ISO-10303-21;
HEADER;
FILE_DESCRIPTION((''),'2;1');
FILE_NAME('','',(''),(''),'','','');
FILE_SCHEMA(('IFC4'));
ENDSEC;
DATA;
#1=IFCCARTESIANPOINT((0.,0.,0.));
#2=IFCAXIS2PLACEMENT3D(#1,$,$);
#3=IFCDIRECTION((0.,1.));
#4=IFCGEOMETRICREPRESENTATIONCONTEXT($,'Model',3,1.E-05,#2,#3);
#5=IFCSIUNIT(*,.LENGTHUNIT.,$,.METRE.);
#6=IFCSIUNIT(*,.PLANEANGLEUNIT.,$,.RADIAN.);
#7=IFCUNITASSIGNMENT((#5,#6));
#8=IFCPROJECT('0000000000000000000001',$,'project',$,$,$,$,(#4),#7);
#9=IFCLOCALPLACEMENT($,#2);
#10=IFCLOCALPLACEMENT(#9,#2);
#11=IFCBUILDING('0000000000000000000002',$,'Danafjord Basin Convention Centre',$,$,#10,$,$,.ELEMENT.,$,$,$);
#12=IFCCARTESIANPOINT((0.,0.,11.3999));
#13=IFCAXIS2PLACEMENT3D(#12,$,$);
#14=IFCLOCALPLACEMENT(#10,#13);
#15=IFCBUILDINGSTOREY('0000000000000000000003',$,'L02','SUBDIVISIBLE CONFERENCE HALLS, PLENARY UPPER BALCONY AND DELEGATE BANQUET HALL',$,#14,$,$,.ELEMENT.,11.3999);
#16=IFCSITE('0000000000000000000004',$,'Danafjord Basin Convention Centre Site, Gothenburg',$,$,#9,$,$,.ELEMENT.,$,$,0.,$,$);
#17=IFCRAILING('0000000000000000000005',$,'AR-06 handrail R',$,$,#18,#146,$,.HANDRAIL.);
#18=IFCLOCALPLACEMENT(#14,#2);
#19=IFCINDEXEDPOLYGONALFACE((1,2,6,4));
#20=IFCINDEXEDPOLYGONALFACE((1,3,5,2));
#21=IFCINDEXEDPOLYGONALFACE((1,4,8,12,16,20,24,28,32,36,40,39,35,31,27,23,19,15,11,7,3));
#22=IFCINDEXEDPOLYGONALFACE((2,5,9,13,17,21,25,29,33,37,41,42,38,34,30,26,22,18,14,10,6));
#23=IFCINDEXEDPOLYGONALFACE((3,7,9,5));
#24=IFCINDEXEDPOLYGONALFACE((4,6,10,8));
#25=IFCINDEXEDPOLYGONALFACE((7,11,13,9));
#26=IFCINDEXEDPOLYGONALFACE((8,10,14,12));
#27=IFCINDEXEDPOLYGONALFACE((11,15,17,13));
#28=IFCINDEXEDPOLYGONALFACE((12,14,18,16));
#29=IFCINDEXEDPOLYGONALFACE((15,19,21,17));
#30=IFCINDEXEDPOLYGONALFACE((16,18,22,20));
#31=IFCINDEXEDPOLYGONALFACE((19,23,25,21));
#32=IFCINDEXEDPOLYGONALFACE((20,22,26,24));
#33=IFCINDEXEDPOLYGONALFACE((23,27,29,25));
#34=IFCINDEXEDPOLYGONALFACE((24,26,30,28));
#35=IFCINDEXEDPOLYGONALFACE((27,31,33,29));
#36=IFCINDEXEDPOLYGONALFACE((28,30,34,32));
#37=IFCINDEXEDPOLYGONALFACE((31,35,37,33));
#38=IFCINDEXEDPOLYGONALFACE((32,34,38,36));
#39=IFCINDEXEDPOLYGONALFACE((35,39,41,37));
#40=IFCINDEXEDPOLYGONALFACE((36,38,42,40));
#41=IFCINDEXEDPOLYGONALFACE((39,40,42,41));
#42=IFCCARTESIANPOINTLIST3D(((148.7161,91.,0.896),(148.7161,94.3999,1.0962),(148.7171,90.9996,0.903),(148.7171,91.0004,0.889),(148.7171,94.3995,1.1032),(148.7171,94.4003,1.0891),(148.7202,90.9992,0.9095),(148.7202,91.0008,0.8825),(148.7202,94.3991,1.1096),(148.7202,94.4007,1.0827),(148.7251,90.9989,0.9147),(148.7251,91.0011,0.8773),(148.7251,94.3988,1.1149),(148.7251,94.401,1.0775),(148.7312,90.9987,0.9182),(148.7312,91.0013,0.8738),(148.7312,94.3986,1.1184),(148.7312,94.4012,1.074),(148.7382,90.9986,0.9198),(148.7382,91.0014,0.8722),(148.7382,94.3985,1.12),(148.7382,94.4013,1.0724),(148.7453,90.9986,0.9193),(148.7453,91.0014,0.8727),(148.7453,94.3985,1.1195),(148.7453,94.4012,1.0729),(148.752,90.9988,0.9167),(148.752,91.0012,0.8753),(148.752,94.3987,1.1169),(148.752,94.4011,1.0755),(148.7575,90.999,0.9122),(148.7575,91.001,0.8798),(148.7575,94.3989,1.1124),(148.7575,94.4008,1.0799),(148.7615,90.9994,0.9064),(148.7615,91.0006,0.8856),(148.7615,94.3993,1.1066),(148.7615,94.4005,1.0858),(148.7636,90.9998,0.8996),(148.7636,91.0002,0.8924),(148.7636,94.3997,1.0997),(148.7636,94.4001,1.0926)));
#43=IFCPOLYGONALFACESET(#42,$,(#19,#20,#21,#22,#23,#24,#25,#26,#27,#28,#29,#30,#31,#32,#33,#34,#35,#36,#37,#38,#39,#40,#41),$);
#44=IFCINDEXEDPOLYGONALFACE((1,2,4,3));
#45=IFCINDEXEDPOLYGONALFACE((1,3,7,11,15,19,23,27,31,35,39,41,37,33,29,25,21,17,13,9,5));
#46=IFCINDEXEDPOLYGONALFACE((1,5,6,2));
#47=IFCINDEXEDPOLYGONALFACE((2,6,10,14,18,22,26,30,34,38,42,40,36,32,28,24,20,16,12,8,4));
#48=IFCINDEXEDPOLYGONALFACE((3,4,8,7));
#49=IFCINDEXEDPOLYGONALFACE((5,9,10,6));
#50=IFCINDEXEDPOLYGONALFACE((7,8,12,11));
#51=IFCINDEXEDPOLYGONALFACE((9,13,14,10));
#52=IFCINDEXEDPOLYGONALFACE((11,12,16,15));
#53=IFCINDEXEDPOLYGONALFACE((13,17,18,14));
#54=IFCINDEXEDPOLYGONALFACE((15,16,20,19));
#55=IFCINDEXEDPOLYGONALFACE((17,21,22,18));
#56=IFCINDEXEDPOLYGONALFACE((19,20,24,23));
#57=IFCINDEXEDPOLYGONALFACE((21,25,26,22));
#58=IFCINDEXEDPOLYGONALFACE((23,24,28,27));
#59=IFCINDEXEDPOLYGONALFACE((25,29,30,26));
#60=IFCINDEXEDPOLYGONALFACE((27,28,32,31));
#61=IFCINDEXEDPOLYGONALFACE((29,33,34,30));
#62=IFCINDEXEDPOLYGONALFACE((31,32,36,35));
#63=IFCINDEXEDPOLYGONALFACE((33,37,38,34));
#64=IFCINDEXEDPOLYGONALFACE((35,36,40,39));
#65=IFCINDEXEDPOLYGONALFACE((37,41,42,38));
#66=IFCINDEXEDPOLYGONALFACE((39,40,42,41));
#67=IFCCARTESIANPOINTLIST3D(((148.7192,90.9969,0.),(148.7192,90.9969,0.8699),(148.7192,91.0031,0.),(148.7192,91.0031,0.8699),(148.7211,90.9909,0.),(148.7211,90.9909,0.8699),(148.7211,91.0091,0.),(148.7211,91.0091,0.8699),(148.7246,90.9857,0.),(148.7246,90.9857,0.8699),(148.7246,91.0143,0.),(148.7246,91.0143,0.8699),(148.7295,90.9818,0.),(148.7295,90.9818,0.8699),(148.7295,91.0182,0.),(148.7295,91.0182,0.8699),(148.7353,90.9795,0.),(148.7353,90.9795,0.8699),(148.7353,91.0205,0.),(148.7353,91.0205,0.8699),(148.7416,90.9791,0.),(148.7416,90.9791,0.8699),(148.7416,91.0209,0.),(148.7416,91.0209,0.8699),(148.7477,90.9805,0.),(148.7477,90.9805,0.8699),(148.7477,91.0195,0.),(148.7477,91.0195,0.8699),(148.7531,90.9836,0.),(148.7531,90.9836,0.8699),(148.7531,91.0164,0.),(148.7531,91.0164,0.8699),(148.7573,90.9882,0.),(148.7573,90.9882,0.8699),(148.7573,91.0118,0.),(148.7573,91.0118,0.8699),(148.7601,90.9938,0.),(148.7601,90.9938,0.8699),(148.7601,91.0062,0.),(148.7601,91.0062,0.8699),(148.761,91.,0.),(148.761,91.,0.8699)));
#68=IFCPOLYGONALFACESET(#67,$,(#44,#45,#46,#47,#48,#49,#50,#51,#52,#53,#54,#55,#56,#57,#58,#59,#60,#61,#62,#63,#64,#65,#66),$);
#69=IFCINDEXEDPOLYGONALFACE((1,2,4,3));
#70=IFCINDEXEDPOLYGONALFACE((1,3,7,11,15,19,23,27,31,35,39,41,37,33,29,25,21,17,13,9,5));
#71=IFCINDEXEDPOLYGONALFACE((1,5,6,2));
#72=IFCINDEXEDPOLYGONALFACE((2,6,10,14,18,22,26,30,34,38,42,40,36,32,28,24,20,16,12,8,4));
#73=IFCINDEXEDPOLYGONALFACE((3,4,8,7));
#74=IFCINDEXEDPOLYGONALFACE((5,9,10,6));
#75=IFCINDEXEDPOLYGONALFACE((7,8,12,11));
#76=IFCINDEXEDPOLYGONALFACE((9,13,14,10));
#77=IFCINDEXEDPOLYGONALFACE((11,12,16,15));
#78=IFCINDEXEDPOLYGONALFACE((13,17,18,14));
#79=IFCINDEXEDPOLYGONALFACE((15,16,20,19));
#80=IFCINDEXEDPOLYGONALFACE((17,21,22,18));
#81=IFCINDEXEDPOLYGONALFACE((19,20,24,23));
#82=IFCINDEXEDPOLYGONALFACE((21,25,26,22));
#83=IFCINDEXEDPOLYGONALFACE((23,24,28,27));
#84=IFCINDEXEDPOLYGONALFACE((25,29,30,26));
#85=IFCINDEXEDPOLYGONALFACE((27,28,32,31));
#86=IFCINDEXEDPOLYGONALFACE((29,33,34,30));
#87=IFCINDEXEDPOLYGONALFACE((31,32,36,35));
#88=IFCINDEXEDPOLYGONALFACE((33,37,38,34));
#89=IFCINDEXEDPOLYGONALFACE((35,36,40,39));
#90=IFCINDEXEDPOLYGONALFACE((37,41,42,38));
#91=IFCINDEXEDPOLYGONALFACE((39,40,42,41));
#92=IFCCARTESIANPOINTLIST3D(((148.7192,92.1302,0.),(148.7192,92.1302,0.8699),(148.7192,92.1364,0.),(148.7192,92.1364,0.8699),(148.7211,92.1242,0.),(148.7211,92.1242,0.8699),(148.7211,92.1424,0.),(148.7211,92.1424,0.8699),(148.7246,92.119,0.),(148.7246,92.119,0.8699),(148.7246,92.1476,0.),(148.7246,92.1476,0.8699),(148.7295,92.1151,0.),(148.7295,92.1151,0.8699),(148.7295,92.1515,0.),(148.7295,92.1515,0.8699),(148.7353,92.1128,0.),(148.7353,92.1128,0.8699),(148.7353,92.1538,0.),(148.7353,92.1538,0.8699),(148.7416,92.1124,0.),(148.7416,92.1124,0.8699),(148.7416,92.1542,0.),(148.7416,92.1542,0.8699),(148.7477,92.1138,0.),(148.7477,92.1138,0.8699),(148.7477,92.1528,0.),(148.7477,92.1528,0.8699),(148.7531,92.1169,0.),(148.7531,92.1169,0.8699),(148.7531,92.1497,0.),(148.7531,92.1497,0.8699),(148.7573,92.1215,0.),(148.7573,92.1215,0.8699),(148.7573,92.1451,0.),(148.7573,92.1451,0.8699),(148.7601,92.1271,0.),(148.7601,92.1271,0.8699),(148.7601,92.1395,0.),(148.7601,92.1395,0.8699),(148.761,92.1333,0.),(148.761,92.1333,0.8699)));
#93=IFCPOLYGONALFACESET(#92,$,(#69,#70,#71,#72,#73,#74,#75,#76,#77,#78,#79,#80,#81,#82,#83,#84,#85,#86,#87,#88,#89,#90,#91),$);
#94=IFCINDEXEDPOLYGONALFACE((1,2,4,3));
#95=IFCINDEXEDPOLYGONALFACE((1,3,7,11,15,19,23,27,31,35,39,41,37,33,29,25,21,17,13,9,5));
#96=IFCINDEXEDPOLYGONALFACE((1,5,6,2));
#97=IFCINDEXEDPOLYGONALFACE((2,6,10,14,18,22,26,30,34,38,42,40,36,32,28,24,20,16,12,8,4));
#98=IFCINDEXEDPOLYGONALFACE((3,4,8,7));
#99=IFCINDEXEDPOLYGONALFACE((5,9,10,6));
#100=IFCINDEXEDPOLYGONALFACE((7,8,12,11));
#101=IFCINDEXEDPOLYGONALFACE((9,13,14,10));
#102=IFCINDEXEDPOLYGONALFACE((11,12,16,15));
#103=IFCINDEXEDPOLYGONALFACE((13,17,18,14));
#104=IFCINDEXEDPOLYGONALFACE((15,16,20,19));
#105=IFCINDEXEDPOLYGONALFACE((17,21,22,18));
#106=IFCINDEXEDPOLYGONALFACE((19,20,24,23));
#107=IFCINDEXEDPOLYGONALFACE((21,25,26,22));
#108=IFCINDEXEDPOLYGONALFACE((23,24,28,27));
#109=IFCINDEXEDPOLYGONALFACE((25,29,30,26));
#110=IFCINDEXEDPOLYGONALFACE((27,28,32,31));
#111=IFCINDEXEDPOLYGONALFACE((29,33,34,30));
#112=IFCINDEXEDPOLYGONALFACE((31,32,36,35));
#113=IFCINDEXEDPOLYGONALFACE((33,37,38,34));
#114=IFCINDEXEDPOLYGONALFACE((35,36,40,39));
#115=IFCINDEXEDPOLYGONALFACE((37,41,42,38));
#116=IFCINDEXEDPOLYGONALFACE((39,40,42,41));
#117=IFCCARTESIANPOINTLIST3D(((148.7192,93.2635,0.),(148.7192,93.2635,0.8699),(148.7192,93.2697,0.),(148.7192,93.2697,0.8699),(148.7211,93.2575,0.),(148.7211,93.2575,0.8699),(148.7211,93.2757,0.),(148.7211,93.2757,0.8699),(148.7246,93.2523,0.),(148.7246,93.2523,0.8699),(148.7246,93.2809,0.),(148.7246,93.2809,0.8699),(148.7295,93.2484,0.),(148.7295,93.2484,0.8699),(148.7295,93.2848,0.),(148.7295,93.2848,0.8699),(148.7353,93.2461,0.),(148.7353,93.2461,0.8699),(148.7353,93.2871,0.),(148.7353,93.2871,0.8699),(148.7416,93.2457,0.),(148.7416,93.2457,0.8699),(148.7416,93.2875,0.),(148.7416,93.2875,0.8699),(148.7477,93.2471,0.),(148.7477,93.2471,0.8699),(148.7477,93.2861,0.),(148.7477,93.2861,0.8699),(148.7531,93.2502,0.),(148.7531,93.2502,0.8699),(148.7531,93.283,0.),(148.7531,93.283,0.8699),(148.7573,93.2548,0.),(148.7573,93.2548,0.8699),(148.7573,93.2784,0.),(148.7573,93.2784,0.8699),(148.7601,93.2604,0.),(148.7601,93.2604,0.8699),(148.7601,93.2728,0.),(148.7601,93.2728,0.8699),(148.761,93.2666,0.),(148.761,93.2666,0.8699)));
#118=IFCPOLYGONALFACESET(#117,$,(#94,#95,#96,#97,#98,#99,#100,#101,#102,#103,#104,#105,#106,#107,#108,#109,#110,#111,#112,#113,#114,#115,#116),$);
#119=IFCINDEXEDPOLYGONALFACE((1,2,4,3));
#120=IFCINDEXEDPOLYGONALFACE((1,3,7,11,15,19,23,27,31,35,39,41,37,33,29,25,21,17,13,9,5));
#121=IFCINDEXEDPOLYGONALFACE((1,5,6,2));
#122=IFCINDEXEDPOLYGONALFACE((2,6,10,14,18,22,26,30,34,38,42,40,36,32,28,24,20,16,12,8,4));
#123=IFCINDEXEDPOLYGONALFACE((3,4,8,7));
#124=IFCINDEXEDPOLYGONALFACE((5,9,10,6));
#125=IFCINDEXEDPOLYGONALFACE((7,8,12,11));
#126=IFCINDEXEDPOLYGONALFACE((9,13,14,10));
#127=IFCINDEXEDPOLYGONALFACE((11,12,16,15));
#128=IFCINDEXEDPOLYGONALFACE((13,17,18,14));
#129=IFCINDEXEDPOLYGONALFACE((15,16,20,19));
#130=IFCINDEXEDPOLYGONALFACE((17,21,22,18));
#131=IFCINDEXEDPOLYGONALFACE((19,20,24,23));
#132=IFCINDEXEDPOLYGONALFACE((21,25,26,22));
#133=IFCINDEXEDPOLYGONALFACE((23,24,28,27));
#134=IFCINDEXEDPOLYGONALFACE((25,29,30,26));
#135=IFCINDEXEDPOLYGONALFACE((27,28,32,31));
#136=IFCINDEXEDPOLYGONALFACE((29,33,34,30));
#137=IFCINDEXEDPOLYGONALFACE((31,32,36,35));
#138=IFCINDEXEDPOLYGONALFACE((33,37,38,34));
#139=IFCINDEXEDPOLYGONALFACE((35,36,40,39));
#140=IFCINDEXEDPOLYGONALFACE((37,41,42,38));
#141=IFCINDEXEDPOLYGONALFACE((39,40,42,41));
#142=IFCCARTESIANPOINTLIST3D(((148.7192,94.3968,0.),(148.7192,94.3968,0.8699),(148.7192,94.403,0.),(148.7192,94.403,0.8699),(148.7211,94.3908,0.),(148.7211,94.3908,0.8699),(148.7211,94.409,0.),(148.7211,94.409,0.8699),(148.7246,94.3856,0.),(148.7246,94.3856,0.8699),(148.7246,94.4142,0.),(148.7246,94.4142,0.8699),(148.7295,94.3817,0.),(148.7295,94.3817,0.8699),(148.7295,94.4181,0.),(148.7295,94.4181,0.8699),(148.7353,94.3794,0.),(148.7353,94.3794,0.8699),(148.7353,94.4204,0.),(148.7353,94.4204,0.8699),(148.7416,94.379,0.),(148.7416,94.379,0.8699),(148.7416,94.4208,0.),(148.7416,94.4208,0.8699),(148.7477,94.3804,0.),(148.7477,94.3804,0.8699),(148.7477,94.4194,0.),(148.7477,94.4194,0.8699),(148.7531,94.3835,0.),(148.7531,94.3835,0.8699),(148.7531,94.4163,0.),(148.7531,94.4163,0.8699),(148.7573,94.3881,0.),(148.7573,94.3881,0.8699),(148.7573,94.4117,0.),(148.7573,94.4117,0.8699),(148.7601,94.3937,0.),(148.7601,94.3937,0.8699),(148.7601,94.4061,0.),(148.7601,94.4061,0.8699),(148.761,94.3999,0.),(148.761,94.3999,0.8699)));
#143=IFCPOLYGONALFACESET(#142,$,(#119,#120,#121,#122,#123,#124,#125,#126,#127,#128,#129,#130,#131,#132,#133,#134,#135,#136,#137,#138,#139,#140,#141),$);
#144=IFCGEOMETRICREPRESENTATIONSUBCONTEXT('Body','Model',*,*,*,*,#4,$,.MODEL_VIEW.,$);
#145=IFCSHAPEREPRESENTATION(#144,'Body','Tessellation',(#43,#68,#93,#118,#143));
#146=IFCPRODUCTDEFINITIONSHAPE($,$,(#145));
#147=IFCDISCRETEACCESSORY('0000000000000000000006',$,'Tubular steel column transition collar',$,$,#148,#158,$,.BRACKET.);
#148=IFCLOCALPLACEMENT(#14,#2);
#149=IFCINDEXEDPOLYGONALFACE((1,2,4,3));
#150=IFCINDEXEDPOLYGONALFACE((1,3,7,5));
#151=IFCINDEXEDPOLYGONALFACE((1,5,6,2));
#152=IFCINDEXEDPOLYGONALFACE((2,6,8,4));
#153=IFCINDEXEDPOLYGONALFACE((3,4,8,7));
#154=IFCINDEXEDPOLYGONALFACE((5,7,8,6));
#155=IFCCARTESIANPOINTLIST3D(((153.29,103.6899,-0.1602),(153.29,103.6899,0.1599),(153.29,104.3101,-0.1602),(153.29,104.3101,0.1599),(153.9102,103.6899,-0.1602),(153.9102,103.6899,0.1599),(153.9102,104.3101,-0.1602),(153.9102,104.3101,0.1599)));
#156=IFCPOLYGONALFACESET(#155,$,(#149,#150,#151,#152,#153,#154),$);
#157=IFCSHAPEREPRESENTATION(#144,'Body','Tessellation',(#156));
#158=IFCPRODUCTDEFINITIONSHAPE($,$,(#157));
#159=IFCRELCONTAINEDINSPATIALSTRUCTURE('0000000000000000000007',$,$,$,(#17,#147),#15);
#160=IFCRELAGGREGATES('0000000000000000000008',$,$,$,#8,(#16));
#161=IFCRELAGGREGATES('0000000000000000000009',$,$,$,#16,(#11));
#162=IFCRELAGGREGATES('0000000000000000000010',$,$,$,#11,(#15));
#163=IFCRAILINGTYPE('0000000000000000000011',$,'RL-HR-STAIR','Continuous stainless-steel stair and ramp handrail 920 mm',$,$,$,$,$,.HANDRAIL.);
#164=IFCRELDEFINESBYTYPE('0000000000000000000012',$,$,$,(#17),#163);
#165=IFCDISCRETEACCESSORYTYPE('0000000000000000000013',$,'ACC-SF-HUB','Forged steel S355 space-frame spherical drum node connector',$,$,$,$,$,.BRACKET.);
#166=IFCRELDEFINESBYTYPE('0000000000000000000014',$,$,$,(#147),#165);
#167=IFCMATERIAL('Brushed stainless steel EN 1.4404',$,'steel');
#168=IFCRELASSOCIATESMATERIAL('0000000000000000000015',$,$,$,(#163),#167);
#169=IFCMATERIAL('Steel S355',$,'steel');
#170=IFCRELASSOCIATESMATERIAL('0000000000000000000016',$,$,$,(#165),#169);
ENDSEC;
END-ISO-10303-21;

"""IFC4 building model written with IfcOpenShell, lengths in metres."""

from ifc_helpers import new_model, si_unit, direction, frame, origin, origin_2d, place, context, subcontext, project, spatial, rectangle, circle, extrude, material, type_object, element, save


model = new_model("IFC4")

# Units and contexts
model_context = context("Model", 3, precision=1e-05, world=origin(), true_north=direction((0.0, 1.0)))
body_context = subcontext(model_context, "Body", "Model", "MODEL_VIEW")
ifc_project = project(units=[si_unit("LENGTHUNIT", "METRE"), si_unit("PLANEANGLEUNIT", "RADIAN")], contexts=[model_context])

# Site, building, storey
site_placement = place(None, origin())
site = spatial("IfcSite", under=ifc_project, at=site_placement, Name="Danafjord Basin Convention Centre Site, Gothenburg", CompositionType="ELEMENT", RefElevation=0.0)
building_placement = place(site_placement, origin())
building = spatial("IfcBuilding", under=site, at=building_placement, Name="Danafjord Basin Convention Centre", CompositionType="ELEMENT")
storey_placement = place(building_placement, frame((0.0, 0.0, 11.3999)))
storey = spatial("IfcBuildingStorey", under=building, at=storey_placement, Name="L02", Description="SUBDIVISIBLE CONFERENCE HALLS, PLENARY UPPER BALCONY AND DELEGATE BANQUET HALL", CompositionType="ELEMENT", Elevation=11.3999)

# Shared definitions
ifc_material_1 = material(Name="Steel S355", Category="steel")

# Railing
ifc_material_2 = material(Name="Brushed stainless steel EN 1.4404", Category="steel")
railing_type = type_object("IfcRailingType", Name="RL-HR-STAIR", Description="Continuous stainless-steel stair and ramp handrail 920 mm", PredefinedType="HANDRAIL", material=ifc_material_2)
for number, where, name in (
    (1, (148.74, 91.0, 0.0), "AR-06 handrail R"),
):
    element("IfcRailing", number, at=place(storey_placement, frame(where)), inside=storey, type_object=railing_type, Name=name, PredefinedType="HANDRAIL", context=body_context, shape_type="SweptSolid", body=[
        extrude(circle(Radius=0.0239, at=origin_2d()), frame((0.0, 0.0, 0.896), z_axis=(0.0, 0.998271, 0.058781), x_axis=(-1.0, 0.0, 0.0)), (0.0, 0.0, 1.0), 3.4058),
        extrude(circle(Radius=0.021, at=origin_2d()), origin(), (0.0, 0.0, 1.0), 0.8699),
        extrude(circle(Radius=0.021, at=origin_2d()), frame((0.0, 1.1333, 0.0)), (0.0, 0.0, 1.0), 0.8699),
        extrude(circle(Radius=0.021, at=origin_2d()), frame((0.0, 2.2666, 0.0)), (0.0, 0.0, 1.0), 0.8699),
        extrude(circle(Radius=0.021, at=origin_2d()), frame((0.0, 3.3999, 0.0)), (0.0, 0.0, 1.0), 0.8699),
    ])

# Discrete accessory
discrete_accessory_type = type_object("IfcDiscreteAccessoryType", Name="ACC-SF-HUB", Description="Forged steel S355 space-frame spherical drum node connector", PredefinedType="BRACKET", material=ifc_material_1)
discrete_accessory_placement = place(storey_placement, frame((153.6001, 104.0, -0.1602), z_axis=(0.0, 0.0, 1.0), x_axis=(1.0, 0.0, 0.0)))
element("IfcDiscreteAccessory", 2, at=discrete_accessory_placement, inside=storey, type_object=discrete_accessory_type, Name="Tubular steel column transition collar", PredefinedType="BRACKET", context=body_context, shape_type="SweptSolid", body=[
    extrude(rectangle(XDim=0.6201, YDim=0.6201, at=origin_2d()), origin(), (0.0, 0.0, 1.0), 0.3201),
])

save(model, "model.ifc")
